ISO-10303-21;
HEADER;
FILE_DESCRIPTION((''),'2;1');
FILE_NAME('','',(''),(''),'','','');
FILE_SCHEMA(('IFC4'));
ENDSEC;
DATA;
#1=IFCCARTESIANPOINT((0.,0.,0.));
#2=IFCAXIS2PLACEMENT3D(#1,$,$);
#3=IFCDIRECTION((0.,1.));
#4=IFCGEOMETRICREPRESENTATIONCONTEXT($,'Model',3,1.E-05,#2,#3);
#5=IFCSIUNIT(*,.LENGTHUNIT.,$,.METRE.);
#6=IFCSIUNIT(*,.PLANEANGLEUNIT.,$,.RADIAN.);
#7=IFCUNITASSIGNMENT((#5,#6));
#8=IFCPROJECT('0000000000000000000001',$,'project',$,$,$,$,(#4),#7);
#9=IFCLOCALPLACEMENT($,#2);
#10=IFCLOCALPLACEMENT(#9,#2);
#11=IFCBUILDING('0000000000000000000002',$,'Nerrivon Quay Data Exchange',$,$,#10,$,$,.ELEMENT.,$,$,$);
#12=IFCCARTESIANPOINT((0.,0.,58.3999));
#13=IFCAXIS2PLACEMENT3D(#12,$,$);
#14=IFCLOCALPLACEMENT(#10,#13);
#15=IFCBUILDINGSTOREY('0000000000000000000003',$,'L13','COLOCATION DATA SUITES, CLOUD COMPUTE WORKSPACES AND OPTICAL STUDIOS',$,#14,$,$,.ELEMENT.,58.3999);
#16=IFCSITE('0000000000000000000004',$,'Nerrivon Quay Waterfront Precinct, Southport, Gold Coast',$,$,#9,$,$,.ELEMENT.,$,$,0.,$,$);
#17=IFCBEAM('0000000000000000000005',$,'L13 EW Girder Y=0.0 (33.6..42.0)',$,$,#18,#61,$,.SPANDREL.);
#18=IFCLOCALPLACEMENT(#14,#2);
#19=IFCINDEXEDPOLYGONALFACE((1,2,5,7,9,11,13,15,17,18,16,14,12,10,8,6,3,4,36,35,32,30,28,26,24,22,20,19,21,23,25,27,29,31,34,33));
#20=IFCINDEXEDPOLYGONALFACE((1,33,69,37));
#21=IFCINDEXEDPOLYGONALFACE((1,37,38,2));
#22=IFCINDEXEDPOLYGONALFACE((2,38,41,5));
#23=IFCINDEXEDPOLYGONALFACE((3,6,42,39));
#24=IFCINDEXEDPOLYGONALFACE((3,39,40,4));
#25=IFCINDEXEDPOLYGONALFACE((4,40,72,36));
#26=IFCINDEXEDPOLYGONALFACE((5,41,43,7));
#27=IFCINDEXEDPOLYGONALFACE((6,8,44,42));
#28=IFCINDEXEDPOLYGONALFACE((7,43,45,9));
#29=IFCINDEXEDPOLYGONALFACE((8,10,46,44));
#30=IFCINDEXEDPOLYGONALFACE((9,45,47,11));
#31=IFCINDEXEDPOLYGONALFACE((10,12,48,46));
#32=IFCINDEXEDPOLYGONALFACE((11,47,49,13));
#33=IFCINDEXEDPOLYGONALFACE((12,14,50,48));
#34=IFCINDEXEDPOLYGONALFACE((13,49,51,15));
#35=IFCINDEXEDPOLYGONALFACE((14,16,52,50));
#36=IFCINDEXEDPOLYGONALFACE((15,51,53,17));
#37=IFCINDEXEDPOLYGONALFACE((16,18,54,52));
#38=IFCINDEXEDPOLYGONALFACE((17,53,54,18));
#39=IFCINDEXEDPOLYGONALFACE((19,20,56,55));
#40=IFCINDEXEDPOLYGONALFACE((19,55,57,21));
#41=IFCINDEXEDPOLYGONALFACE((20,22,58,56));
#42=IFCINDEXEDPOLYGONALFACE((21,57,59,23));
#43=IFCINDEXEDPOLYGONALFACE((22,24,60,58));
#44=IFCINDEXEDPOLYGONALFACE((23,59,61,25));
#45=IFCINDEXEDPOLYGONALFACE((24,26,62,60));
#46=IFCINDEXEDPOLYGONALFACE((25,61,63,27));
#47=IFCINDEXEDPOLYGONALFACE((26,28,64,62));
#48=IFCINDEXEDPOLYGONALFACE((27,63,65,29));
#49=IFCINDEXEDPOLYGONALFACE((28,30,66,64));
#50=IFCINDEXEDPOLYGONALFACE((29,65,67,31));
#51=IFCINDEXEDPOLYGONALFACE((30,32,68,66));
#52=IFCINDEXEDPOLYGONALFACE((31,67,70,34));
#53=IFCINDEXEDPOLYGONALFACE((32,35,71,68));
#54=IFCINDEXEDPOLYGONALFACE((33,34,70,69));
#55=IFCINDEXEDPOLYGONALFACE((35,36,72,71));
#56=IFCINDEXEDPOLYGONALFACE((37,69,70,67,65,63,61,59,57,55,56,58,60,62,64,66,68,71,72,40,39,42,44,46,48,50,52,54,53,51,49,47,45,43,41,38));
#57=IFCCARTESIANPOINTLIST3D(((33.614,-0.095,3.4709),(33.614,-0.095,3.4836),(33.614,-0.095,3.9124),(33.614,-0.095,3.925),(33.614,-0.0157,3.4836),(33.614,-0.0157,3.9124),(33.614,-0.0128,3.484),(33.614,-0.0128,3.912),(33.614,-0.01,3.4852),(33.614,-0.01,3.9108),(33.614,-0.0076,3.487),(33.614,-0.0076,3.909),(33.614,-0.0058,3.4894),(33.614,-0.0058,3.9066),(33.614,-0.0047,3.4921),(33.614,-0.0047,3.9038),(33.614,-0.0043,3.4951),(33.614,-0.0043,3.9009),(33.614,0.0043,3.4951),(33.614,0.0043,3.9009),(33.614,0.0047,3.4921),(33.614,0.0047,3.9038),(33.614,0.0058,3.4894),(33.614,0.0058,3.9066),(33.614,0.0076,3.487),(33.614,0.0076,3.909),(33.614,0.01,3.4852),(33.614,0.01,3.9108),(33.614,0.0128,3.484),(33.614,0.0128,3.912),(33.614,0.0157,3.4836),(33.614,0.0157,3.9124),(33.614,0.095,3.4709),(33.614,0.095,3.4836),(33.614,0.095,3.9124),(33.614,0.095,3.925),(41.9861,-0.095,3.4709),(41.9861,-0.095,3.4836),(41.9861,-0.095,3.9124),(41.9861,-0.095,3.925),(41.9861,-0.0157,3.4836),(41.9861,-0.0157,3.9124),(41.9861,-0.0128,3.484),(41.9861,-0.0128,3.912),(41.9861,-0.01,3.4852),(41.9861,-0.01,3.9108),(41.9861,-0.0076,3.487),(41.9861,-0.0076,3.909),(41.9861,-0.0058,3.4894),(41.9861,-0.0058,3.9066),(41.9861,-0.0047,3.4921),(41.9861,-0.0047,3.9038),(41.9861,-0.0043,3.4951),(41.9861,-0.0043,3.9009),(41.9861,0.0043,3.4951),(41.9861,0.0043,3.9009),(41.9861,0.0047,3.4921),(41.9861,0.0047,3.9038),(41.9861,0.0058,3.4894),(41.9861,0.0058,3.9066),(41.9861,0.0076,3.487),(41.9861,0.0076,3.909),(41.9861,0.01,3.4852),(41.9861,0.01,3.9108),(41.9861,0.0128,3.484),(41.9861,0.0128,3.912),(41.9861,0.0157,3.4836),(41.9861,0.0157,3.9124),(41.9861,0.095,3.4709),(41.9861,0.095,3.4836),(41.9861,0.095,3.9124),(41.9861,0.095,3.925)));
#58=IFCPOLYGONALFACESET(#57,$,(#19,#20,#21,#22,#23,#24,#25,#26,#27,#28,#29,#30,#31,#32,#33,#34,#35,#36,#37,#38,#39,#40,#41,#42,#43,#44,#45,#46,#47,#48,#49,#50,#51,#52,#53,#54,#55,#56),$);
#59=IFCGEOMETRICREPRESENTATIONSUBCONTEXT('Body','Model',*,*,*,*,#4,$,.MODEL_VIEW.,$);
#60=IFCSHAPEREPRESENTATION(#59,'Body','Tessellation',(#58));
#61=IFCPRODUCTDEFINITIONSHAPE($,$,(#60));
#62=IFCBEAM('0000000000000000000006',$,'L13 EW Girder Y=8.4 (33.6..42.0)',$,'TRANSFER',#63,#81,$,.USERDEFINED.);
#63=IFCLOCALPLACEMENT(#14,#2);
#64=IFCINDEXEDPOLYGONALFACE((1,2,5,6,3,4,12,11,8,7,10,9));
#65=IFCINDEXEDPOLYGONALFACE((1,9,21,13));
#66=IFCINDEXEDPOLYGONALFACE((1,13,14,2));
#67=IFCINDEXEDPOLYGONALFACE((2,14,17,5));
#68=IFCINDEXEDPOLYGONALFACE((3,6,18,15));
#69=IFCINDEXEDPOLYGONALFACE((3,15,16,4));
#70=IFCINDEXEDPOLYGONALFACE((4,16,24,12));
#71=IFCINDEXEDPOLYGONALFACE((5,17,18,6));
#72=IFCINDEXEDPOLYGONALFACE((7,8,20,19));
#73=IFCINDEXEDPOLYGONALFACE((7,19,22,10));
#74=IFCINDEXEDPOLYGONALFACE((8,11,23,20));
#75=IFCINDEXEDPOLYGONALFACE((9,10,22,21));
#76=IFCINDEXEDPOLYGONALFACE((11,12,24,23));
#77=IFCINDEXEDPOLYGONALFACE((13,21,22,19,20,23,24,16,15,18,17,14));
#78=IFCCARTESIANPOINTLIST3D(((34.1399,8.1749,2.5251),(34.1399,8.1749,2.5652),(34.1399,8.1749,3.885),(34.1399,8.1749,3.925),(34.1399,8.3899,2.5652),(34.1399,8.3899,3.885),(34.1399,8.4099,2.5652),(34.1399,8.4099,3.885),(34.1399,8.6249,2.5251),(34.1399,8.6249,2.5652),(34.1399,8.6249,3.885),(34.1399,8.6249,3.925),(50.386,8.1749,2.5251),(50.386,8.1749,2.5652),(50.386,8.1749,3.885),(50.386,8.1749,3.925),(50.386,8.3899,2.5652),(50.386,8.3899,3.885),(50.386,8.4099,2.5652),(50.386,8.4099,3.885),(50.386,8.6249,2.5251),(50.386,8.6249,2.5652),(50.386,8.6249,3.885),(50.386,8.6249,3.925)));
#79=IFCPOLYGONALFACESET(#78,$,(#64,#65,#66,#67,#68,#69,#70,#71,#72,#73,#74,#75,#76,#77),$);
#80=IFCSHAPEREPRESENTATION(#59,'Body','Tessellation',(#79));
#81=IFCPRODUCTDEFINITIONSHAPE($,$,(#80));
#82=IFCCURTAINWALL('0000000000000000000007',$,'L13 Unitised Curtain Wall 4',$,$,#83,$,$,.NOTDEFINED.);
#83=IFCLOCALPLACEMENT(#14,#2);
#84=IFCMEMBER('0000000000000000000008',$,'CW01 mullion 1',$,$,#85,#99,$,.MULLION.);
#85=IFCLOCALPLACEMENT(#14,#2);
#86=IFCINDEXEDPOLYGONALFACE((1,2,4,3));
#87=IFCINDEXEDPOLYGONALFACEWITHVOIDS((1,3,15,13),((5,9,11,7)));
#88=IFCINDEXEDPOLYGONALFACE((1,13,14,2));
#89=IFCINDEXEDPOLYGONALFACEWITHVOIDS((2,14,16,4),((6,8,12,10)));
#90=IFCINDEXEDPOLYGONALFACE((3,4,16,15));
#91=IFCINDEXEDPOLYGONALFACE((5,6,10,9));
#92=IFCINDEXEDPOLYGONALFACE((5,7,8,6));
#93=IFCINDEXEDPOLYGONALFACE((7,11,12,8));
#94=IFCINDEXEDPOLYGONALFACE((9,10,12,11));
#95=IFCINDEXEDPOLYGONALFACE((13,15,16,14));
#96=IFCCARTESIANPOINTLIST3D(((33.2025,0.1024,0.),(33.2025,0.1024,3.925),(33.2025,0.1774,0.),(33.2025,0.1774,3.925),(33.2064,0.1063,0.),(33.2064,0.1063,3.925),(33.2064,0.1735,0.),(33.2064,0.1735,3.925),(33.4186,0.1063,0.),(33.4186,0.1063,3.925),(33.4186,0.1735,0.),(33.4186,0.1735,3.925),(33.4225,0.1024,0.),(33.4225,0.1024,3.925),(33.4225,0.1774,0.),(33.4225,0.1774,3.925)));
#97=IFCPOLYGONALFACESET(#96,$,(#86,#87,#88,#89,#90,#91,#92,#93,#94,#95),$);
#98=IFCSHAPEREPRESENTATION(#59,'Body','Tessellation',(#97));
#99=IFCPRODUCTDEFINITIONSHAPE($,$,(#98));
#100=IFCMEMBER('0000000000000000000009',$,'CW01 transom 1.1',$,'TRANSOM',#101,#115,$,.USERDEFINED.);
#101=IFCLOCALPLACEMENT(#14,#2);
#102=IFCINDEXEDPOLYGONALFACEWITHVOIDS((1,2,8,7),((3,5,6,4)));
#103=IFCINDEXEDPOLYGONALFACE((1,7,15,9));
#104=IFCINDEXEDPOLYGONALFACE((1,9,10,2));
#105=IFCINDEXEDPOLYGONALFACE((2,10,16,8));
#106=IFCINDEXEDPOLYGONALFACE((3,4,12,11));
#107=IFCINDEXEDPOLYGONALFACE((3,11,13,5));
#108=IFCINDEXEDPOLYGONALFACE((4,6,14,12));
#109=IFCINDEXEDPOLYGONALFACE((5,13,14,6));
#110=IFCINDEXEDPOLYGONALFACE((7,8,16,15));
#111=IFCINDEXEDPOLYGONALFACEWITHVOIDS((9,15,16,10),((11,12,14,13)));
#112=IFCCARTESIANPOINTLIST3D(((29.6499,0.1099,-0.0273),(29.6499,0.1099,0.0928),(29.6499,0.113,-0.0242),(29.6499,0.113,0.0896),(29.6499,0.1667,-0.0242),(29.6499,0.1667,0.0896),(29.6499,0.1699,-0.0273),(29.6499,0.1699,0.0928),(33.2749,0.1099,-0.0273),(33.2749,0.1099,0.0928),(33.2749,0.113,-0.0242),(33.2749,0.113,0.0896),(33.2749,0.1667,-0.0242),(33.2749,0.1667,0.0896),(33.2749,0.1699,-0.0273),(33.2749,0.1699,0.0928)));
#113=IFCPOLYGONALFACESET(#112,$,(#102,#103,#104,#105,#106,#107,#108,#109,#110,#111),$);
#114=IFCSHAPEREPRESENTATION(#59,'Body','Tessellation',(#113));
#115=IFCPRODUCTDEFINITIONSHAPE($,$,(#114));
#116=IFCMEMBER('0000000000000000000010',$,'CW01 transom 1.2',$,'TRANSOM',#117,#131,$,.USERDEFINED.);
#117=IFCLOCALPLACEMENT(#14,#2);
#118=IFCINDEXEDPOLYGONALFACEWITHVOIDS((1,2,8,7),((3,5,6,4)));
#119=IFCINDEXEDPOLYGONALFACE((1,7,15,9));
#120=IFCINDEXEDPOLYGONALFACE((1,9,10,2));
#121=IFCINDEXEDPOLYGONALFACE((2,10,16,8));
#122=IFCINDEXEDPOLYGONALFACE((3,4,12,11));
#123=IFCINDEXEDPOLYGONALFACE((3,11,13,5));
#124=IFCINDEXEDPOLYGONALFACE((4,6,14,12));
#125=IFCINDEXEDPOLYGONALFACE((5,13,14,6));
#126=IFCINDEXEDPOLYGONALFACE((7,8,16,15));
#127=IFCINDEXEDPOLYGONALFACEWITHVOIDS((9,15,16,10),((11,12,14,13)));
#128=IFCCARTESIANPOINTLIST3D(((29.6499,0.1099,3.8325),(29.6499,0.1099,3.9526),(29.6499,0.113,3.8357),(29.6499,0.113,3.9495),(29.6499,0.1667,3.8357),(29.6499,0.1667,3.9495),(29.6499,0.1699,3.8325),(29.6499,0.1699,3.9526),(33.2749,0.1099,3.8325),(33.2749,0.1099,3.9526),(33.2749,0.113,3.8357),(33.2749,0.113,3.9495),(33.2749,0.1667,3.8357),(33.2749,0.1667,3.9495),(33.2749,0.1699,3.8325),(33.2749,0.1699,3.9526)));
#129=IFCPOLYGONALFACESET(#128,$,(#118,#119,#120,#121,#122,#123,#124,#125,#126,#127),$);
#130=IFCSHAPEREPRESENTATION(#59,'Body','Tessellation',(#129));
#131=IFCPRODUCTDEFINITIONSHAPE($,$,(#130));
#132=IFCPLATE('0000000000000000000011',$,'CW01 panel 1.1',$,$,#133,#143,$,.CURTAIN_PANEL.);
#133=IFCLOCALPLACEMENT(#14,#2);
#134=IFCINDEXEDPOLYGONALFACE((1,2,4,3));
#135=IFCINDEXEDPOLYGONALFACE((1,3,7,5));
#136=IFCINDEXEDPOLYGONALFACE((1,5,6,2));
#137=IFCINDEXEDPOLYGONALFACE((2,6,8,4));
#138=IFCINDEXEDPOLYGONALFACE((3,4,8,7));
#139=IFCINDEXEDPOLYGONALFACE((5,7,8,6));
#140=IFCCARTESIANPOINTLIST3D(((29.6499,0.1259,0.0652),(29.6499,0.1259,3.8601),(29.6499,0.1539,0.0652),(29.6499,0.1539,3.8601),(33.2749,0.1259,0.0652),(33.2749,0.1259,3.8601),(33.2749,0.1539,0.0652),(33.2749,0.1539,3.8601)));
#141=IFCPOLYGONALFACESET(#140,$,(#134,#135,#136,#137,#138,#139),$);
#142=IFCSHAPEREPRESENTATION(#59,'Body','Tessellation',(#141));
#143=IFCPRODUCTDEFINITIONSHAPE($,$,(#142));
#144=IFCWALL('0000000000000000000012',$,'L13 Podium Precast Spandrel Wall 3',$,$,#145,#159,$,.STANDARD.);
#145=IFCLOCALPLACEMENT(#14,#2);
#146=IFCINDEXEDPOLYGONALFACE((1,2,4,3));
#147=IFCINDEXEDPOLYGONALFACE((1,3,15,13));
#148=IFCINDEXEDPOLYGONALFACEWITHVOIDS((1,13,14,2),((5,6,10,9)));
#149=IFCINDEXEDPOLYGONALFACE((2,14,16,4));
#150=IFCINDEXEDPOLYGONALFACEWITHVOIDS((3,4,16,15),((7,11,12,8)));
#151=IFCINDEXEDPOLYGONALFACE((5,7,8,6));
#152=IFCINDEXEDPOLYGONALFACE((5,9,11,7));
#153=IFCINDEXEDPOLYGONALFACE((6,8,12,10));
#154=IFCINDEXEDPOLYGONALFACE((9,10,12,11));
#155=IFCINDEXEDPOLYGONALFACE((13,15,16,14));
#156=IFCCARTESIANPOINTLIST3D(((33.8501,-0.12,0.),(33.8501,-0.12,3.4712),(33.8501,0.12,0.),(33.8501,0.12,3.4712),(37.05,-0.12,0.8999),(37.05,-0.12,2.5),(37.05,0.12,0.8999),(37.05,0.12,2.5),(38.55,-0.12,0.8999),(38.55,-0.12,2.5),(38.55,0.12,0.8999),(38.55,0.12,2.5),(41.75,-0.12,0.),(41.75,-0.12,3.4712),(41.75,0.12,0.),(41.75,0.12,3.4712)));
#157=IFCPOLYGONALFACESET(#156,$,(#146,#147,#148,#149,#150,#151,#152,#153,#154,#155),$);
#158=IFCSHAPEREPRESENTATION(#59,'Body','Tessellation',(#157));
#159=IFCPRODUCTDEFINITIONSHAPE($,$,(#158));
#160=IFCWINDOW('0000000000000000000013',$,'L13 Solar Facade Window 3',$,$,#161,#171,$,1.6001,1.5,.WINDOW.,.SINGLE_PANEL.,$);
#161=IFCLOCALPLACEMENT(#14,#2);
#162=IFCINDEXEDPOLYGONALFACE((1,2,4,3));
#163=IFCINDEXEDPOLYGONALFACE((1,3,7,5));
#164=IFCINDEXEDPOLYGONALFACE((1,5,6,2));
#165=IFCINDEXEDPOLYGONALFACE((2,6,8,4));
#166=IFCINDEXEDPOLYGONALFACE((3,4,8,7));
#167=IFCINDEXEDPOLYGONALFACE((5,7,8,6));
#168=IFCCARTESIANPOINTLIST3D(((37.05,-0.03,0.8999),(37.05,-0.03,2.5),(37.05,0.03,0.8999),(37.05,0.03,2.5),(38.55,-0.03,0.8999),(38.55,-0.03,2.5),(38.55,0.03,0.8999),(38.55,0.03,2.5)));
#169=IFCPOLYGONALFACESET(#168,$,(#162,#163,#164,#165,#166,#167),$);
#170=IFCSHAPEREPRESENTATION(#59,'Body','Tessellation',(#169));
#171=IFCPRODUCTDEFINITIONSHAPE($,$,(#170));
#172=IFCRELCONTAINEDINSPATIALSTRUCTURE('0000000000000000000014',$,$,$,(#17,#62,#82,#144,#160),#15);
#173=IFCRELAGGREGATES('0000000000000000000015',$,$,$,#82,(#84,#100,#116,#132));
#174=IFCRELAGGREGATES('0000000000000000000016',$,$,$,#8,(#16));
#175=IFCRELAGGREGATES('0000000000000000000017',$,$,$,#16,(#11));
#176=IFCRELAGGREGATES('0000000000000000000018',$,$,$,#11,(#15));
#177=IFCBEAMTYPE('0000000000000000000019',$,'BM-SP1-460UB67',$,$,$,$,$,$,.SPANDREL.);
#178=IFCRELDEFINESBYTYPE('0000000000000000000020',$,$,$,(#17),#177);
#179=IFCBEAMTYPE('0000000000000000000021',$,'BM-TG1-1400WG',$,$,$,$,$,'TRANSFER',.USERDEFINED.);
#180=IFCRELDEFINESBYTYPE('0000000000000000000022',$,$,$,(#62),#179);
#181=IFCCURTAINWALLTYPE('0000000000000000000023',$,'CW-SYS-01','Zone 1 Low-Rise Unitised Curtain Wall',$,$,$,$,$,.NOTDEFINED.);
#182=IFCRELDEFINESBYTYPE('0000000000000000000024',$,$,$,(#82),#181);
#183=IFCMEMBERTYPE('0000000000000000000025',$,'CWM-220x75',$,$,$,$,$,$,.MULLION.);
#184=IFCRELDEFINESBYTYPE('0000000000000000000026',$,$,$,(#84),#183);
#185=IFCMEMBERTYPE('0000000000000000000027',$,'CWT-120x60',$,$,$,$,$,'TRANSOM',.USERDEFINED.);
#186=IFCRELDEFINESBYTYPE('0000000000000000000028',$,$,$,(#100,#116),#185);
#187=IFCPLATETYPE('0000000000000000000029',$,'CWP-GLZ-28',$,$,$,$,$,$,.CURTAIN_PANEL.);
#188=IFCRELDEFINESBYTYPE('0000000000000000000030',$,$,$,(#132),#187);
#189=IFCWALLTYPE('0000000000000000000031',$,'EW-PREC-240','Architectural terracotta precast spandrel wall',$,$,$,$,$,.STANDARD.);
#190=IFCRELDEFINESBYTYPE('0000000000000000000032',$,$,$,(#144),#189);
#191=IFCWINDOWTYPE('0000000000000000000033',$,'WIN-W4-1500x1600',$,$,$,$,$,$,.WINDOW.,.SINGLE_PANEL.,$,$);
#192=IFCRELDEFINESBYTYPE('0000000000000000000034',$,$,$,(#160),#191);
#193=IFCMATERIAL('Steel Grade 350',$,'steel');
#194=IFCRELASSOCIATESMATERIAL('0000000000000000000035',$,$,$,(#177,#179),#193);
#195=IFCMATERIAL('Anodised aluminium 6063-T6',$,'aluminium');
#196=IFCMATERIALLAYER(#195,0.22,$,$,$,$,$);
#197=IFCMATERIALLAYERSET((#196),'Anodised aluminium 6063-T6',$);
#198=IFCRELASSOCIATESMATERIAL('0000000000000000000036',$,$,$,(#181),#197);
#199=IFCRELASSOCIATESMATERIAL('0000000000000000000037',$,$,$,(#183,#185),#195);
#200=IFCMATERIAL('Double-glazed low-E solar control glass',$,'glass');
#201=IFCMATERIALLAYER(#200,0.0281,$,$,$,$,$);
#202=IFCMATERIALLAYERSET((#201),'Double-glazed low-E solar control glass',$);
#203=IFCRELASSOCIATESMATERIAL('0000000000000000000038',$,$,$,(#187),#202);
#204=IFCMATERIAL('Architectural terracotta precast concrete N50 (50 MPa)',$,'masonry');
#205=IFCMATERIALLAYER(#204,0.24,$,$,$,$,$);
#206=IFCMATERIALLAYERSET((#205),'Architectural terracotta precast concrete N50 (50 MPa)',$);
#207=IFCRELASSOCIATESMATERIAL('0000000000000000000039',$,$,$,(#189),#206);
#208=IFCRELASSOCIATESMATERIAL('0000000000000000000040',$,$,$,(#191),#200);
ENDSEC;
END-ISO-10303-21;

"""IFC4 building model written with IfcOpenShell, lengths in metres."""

from ifc_helpers import new_model, si_unit, direction, frame, frame_2d, origin, origin_2d, place, context, subcontext, project, spatial, rectangle, hollow_rectangle, i_section, extrude, material, layer, layer_set, material_profile, profile_set, type_object, element, fill, aggregate, save


model = new_model("IFC4")

# Units and contexts
model_context = context("Model", 3, precision=1e-05, world=origin(), true_north=direction((0.0, 1.0)))
body_context = subcontext(model_context, "Body", "Model", "MODEL_VIEW")
ifc_project = project(units=[si_unit("LENGTHUNIT", "METRE"), si_unit("PLANEANGLEUNIT", "RADIAN")], contexts=[model_context])

# Site, building, storey
site_placement = place(None, origin())
site = spatial("IfcSite", under=ifc_project, at=site_placement, Name="Nerrivon Quay Waterfront Precinct, Southport, Gold Coast", CompositionType="ELEMENT", RefElevation=0.0)
building_placement = place(site_placement, origin())
building = spatial("IfcBuilding", under=site, at=building_placement, Name="Nerrivon Quay Data Exchange", CompositionType="ELEMENT")
storey_placement = place(building_placement, frame((0.0, 0.0, 58.3999)))
storey = spatial("IfcBuildingStorey", under=building, at=storey_placement, Name="L13", Description="COLOCATION DATA SUITES, CLOUD COMPUTE WORKSPACES AND OPTICAL STUDIOS", CompositionType="ELEMENT", Elevation=58.3999)

# Shared definitions
ifc_material_1 = material(Name="Steel Grade 350", Category="steel")

# Beams
ifc_material_profile_1 = material_profile(ifc_material_1, i_section(OverallWidth=0.1899, OverallDepth=0.4541, WebThickness=0.0085, FlangeThickness=0.0127, FilletRadius=0.0115, at=origin_2d()), Name="460UB67.1")
ifc_profile_set_1 = profile_set([ifc_material_profile_1], Name="Steel Grade 350")
beam_type_1 = type_object("IfcBeamType", Name="BM-SP1-460UB67", PredefinedType="SPANDREL", material=ifc_profile_set_1)
beam_1_placement = place(storey_placement, frame((33.614, 0.0, 3.698), z_axis=(1.0, 0.0, 0.0), x_axis=(0.0, 1.0, 0.0)))
element("IfcBeam", 1, at=beam_1_placement, inside=storey, type_object=beam_type_1, Name="L13 EW Girder Y=0.0 (33.6..42.0)", PredefinedType="SPANDREL", context=body_context, shape_type="SweptSolid", body=[
    extrude(i_section(OverallWidth=0.1899, OverallDepth=0.4541, WebThickness=0.0085, FlangeThickness=0.0127, FilletRadius=0.0115, at=origin_2d()), origin(), (0.0, 0.0, 1.0), 8.3721),
])
ifc_material_profile_2 = material_profile(ifc_material_1, i_section(OverallWidth=0.45, OverallDepth=1.3999, WebThickness=0.02, FlangeThickness=0.04, at=origin_2d()), Name="1400WG455")
ifc_profile_set_2 = profile_set([ifc_material_profile_2], Name="Steel Grade 350")
beam_type_2 = type_object("IfcBeamType", Name="BM-TG1-1400WG", ElementType="TRANSFER", PredefinedType="USERDEFINED", material=ifc_profile_set_2)
beam_2_placement = place(storey_placement, frame((34.1399, 8.3999, 3.2251), z_axis=(1.0, 0.0, 0.0), x_axis=(0.0, 1.0, 0.0)))
element("IfcBeam", 2, at=beam_2_placement, inside=storey, type_object=beam_type_2, Name="L13 EW Girder Y=8.4 (33.6..42.0)", ObjectType="TRANSFER", PredefinedType="USERDEFINED", context=body_context, shape_type="SweptSolid", body=[
    extrude(i_section(OverallWidth=0.45, OverallDepth=1.3999, WebThickness=0.02, FlangeThickness=0.04, at=origin_2d()), origin(), (0.0, 0.0, 1.0), 16.2461),
])

# Curtain wall, members, plate
ifc_material_2 = material(Name="Anodised aluminium 6063-T6", Category="aluminium")
ifc_layer_1 = layer(ifc_material_2, 0.22)
ifc_layer_set_1 = layer_set([ifc_layer_1], Name="Anodised aluminium 6063-T6")
curtain_wall_type = type_object("IfcCurtainWallType", Name="CW-SYS-01", Description="Zone 1 Low-Rise Unitised Curtain Wall", PredefinedType="NOTDEFINED", material=ifc_layer_set_1)
curtain_wall_placement = place(storey_placement, origin())
curtain_wall = element("IfcCurtainWall", 3, at=curtain_wall_placement, inside=storey, type_object=curtain_wall_type, Name="L13 Unitised Curtain Wall 4", PredefinedType="NOTDEFINED")
ifc_material_profile_3 = material_profile(ifc_material_2, hollow_rectangle(XDim=0.075, YDim=0.22, WallThickness=0.0039, at=origin_2d()), Name="ALU-MULL-220x75")
ifc_profile_set_3 = profile_set([ifc_material_profile_3], Name="Anodised aluminium 6063-T6")
member_type_1 = type_object("IfcMemberType", Name="CWM-220x75", PredefinedType="MULLION", material=ifc_profile_set_3)
member_1_placement = place(storey_placement, frame((33.3125, 0.1399, 0.0), z_axis=(0.0, 0.0, 1.0), x_axis=(0.0, -1.0, 0.0)))
member_1 = element("IfcMember", 4, at=member_1_placement, type_object=member_type_1, Name="CW01 mullion 1", PredefinedType="MULLION", context=body_context, shape_type="SweptSolid", body=[
    extrude(hollow_rectangle(XDim=0.075, YDim=0.22, WallThickness=0.0039, at=origin_2d()), origin(), (0.0, 0.0, 1.0), 3.925),
])
ifc_material_profile_4 = material_profile(ifc_material_2, hollow_rectangle(XDim=0.0601, YDim=0.1201, WallThickness=0.0032, at=origin_2d()), Name="ALU-TRAN-120x60")
ifc_profile_set_4 = profile_set([ifc_material_profile_4], Name="Anodised aluminium 6063-T6")
member_type_2 = type_object("IfcMemberType", Name="CWT-120x60", ElementType="TRANSOM", PredefinedType="USERDEFINED", material=ifc_profile_set_4)
member_2_placement = place(storey_placement, frame((33.2749, 0.1399, 0.0327), z_axis=(-1.0, 0.0, 0.0), x_axis=(0.0, -1.0, 0.0)))
member_2 = element("IfcMember", 5, at=member_2_placement, type_object=member_type_2, Name="CW01 transom 1.1", ObjectType="TRANSOM", PredefinedType="USERDEFINED", context=body_context, shape_type="SweptSolid", body=[
    extrude(hollow_rectangle(XDim=0.0601, YDim=0.1201, WallThickness=0.0032, at=origin_2d()), origin(), (0.0, 0.0, 1.0), 3.625),
])
member_3_placement = place(storey_placement, frame((33.2749, 0.1399, 3.8926), z_axis=(-1.0, 0.0, 0.0), x_axis=(0.0, -1.0, 0.0)))
member_3 = element("IfcMember", 6, at=member_3_placement, type_object=member_type_2, Name="CW01 transom 1.2", ObjectType="TRANSOM", PredefinedType="USERDEFINED", context=body_context, shape_type="SweptSolid", body=[
    extrude(hollow_rectangle(XDim=0.0601, YDim=0.1201, WallThickness=0.0032, at=origin_2d()), origin(), (0.0, 0.0, 1.0), 3.625),
])
ifc_material_3 = material(Name="Double-glazed low-E solar control glass", Category="glass")
ifc_layer_2 = layer(ifc_material_3, 0.0281)
ifc_layer_set_2 = layer_set([ifc_layer_2], Name="Double-glazed low-E solar control glass")
plate_type = type_object("IfcPlateType", Name="CWP-GLZ-28", PredefinedType="CURTAIN_PANEL", material=ifc_layer_set_2)
plate_placement = place(storey_placement, frame((31.4624, 0.1399, 0.0652), z_axis=(0.0, 0.0, 1.0), x_axis=(-1.0, 0.0, 0.0)))
plate = element("IfcPlate", 7, at=plate_placement, type_object=plate_type, Name="CW01 panel 1.1", PredefinedType="CURTAIN_PANEL", context=body_context, shape_type="SweptSolid", body=[
    extrude(rectangle(XDim=3.625, YDim=0.0281, at=origin_2d()), origin(), (0.0, 0.0, 1.0), 3.7949),
])
aggregate(curtain_wall, [member_1, member_2, member_3, plate])

# Wall, opening, window
ifc_material_4 = material(Name="Architectural terracotta precast concrete N50 (50 MPa)", Category="masonry")
ifc_layer_3 = layer(ifc_material_4, 0.24)
ifc_layer_set_3 = layer_set([ifc_layer_3], Name="Architectural terracotta precast concrete N50 (50 MPa)")
wall_type_1 = type_object("IfcWallType", Name="EW-PREC-240", Description="Architectural terracotta precast spandrel wall", PredefinedType="STANDARD", material=ifc_layer_set_3)
wall_1_placement = place(storey_placement, frame((41.75, 0.0, 0.0), z_axis=(0.0, 0.0, 1.0), x_axis=(-1.0, 0.0, 0.0)))
wall_1 = element("IfcWall", 8, at=wall_1_placement, inside=storey, type_object=wall_type_1, Name="L13 Podium Precast Spandrel Wall 3", PredefinedType="STANDARD", context=body_context, shape_type="SweptSolid", body=[
    extrude(rectangle(XDim=7.8999, YDim=0.24, at=frame_2d((3.95, 0.0))), origin(), (0.0, 0.0, 1.0), 3.4712),
])
opening_1_placement = place(wall_1_placement, frame((3.2, 0.0, 0.8999)))
opening_1 = element("IfcOpeningElement", 9, at=opening_1_placement, cuts=wall_1, PredefinedType="OPENING", context=body_context, shape_type="SweptSolid", body=[
    extrude(rectangle(XDim=1.5, YDim=1.6001, at=frame_2d((0.75, 0.8))), frame((0.0, 0.1299, 0.0), z_axis=(0.0, -1.0, 0.0), x_axis=(1.0, 0.0, 0.0)), (0.0, 0.0, 1.0), 0.26),
])
window_type = type_object("IfcWindowType", Name="WIN-W4-1500x1600", PartitioningType="SINGLE_PANEL", PredefinedType="WINDOW", material=ifc_material_3)
window_placement = place(opening_1_placement, origin())
window = element("IfcWindow", 10, at=window_placement, inside=storey, type_object=window_type, Name="L13 Solar Facade Window 3", OverallHeight=1.6001, OverallWidth=1.5, PartitioningType="SINGLE_PANEL", PredefinedType="WINDOW", context=body_context, shape_type="SweptSolid", body=[
    extrude(rectangle(XDim=1.5, YDim=1.6001, at=frame_2d((0.75, 0.8))), frame((0.0, 0.03, 0.0), z_axis=(0.0, -1.0, 0.0), x_axis=(1.0, 0.0, 0.0)), (0.0, 0.0, 1.0), 0.0601),
])
fill(opening_1, window)

save(model, "model.ifc")
